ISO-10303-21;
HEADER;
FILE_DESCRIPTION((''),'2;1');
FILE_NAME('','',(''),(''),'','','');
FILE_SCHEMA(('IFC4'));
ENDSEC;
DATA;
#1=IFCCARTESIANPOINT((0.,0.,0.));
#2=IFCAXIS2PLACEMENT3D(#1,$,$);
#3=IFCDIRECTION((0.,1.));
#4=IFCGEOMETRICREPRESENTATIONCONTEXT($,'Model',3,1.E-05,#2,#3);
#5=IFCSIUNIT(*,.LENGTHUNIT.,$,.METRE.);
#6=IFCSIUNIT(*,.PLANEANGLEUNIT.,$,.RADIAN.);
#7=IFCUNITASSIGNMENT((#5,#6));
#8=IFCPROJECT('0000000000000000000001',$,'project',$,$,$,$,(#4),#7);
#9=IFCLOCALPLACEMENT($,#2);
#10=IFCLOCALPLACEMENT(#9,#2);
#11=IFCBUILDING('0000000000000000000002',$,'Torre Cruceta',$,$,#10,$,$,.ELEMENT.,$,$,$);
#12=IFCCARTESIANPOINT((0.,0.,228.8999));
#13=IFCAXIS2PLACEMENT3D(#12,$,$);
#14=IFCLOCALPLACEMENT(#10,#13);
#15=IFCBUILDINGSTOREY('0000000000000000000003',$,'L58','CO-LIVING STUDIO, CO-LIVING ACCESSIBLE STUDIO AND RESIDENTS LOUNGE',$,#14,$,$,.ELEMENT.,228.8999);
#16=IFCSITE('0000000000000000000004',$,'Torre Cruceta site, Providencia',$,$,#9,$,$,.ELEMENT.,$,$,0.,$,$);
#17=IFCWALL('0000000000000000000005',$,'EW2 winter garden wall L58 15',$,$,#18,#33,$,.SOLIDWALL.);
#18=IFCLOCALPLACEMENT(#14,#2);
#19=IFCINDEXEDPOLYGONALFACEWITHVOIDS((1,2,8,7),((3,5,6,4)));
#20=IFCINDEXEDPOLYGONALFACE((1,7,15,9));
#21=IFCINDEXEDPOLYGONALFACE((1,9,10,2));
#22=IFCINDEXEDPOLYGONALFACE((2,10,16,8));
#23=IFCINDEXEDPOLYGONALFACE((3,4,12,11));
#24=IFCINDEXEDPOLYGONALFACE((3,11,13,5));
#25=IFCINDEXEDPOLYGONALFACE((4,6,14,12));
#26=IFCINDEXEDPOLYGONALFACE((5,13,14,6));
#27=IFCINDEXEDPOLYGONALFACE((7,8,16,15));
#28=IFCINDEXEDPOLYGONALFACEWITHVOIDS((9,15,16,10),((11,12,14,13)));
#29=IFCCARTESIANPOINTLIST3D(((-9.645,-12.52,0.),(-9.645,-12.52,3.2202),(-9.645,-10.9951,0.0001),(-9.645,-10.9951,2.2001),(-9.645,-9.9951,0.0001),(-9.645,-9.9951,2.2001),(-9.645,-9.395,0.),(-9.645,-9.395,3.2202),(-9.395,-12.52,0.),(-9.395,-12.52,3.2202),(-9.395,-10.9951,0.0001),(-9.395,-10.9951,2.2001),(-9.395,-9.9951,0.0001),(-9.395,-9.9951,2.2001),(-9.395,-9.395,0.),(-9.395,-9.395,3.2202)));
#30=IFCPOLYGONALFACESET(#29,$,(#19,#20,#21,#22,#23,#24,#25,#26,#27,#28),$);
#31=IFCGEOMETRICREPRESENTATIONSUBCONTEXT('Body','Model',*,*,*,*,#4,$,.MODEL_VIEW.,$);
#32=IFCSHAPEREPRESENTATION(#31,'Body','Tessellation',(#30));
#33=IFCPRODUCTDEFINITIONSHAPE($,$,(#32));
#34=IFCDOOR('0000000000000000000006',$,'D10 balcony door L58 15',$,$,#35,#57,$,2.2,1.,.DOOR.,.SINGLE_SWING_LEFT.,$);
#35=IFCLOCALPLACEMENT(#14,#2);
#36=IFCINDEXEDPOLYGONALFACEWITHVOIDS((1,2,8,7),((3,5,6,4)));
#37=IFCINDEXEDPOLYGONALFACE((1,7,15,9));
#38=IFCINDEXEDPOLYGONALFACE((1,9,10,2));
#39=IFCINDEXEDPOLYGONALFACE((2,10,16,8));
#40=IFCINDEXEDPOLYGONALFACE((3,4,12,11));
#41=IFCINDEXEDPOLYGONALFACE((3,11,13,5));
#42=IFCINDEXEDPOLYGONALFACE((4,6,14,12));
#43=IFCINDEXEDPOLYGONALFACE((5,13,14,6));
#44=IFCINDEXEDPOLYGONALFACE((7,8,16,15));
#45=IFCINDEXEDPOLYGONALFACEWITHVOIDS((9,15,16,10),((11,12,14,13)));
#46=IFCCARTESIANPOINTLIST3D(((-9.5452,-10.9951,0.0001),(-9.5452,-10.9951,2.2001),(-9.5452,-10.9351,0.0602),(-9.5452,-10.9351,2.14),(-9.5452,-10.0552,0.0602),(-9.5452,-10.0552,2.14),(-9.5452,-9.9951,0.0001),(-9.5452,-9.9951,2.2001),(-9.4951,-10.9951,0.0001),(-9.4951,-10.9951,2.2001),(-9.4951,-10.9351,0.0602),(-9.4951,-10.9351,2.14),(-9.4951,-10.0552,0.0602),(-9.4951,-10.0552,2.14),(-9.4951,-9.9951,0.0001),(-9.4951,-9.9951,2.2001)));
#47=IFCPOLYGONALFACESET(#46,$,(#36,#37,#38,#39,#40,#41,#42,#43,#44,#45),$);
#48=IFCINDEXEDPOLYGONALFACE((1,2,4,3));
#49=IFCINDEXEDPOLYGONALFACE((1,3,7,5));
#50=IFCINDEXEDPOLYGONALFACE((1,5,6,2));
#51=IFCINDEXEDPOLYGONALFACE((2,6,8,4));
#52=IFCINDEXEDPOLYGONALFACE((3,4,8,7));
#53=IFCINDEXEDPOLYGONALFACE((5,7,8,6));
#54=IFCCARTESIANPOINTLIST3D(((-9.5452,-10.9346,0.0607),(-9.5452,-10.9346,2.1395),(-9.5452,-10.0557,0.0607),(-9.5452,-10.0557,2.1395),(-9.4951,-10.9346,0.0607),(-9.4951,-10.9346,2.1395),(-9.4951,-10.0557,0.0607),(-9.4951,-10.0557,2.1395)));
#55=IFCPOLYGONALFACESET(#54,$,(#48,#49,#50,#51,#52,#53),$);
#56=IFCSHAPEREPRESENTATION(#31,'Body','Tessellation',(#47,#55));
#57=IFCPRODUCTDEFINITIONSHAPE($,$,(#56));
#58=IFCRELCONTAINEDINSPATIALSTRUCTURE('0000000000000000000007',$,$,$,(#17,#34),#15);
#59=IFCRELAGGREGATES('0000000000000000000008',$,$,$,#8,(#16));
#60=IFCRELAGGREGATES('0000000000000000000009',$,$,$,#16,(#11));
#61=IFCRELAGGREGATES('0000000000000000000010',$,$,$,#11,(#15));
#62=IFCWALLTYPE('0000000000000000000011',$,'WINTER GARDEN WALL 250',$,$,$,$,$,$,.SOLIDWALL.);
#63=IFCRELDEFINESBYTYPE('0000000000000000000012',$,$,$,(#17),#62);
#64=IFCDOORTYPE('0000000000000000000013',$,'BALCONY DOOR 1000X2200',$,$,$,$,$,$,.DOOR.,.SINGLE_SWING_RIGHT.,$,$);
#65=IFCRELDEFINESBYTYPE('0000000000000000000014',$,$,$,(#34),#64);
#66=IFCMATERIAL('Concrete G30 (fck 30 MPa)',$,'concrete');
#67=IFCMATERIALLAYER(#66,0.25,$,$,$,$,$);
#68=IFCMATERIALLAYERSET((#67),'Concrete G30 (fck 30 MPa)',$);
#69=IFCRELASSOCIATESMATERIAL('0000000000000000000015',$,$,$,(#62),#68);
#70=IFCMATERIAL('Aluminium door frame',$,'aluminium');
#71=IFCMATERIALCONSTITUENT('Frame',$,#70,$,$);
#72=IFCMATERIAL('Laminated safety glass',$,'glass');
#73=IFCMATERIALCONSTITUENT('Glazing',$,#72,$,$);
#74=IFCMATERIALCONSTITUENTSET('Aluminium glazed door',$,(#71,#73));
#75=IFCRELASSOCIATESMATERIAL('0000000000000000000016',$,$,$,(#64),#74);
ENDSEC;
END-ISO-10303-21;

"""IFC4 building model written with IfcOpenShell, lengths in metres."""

from ifc_helpers import new_model, si_unit, direction, frame, frame_2d, origin, place, context, subcontext, project, spatial, rectangle, hollow_rectangle, extrude, material, layer, layer_set, constituent, constituent_set, type_object, element, fill, save


model = new_model("IFC4")

# Units and contexts
model_context = context("Model", 3, precision=1e-05, world=origin(), true_north=direction((0.0, 1.0)))
body_context = subcontext(model_context, "Body", "Model", "MODEL_VIEW")
ifc_project = project(units=[si_unit("LENGTHUNIT", "METRE"), si_unit("PLANEANGLEUNIT", "RADIAN")], contexts=[model_context])

# Site, building, storey
site_placement = place(None, origin())
site = spatial("IfcSite", under=ifc_project, at=site_placement, Name="Torre Cruceta site, Providencia", CompositionType="ELEMENT", RefElevation=0.0)
building_placement = place(site_placement, origin())
building = spatial("IfcBuilding", under=site, at=building_placement, Name="Torre Cruceta", CompositionType="ELEMENT")
storey_placement = place(building_placement, frame((0.0, 0.0, 228.8999)))
storey = spatial("IfcBuildingStorey", under=building, at=storey_placement, Name="L58", Description="CO-LIVING STUDIO, CO-LIVING ACCESSIBLE STUDIO AND RESIDENTS LOUNGE", CompositionType="ELEMENT", Elevation=228.8999)

# Wall, opening, door
ifc_material_1 = material(Name="Concrete G30 (fck 30 MPa)", Category="concrete")
ifc_layer_1 = layer(ifc_material_1, 0.25)
ifc_layer_set_1 = layer_set([ifc_layer_1], Name="Concrete G30 (fck 30 MPa)")
wall_type_1 = type_object("IfcWallType", Name="WINTER GARDEN WALL 250", PredefinedType="SOLIDWALL", material=ifc_layer_set_1)
ifc_material_2 = material(Name="Aluminium door frame", Category="aluminium")
ifc_constituent_1 = constituent(ifc_material_2, Name="Frame")
ifc_material_3 = material(Name="Laminated safety glass", Category="glass")
ifc_constituent_2 = constituent(ifc_material_3, Name="Glazing")
ifc_constituent_set_1 = constituent_set(constituents=[ifc_constituent_1, ifc_constituent_2], Name="Aluminium glazed door")
door_type_1 = type_object("IfcDoorType", Name="BALCONY DOOR 1000X2200", OperationType="SINGLE_SWING_RIGHT", PredefinedType="DOOR", material=ifc_constituent_set_1)
wall_1_placement = place(storey_placement, frame((-9.52, -9.395, 0.0), z_axis=(0.0, 0.0, 1.0), x_axis=(0.0, -1.0, 0.0)))
wall_1 = element("IfcWall", 1, at=wall_1_placement, inside=storey, type_object=wall_type_1, Name="EW2 winter garden wall L58 15", PredefinedType="SOLIDWALL", context=body_context, shape_type="SweptSolid", body=[
    extrude(rectangle(XDim=3.125, YDim=0.25, at=frame_2d((1.5625, 0.0))), origin(), (0.0, 0.0, 1.0), 3.2202),
])
opening_1_placement = place(wall_1_placement, frame((0.6001, 0.0, 0.0)))
opening_1 = element("IfcOpeningElement", 2, at=opening_1_placement, cuts=wall_1, PredefinedType="OPENING", context=body_context, shape_type="SweptSolid", body=[
    extrude(rectangle(XDim=1.0, YDim=2.2, at=frame_2d((0.5, 1.1001))), frame((0.0, 0.135, 0.0), z_axis=(0.0, -1.0, 0.0), x_axis=(1.0, 0.0, 0.0)), (0.0, 0.0, 1.0), 0.27),
])
door_1_placement = place(opening_1_placement, origin())
door_1 = element("IfcDoor", 3, at=door_1_placement, inside=storey, type_object=door_type_1, Name="D10 balcony door L58 15", OperationType="SINGLE_SWING_LEFT", OverallHeight=2.2, OverallWidth=1.0, PredefinedType="DOOR", context=body_context, shape_type="SweptSolid", body=[
    extrude(hollow_rectangle(XDim=1.0, YDim=2.2, WallThickness=0.0601, at=frame_2d((0.5, 1.1001))), frame((0.0, 0.0249, 0.0), z_axis=(0.0, -1.0, 0.0), x_axis=(1.0, 0.0, 0.0)), (0.0, 0.0, 1.0), 0.05),
    extrude(rectangle(XDim=0.8789, YDim=2.0789, at=frame_2d((0.5, 1.1001))), frame((0.0, 0.0249, 0.0), z_axis=(0.0, -1.0, 0.0), x_axis=(1.0, 0.0, 0.0)), (0.0, 0.0, 1.0), 0.05),
])
fill(opening_1, door_1)

save(model, "model.ifc")
